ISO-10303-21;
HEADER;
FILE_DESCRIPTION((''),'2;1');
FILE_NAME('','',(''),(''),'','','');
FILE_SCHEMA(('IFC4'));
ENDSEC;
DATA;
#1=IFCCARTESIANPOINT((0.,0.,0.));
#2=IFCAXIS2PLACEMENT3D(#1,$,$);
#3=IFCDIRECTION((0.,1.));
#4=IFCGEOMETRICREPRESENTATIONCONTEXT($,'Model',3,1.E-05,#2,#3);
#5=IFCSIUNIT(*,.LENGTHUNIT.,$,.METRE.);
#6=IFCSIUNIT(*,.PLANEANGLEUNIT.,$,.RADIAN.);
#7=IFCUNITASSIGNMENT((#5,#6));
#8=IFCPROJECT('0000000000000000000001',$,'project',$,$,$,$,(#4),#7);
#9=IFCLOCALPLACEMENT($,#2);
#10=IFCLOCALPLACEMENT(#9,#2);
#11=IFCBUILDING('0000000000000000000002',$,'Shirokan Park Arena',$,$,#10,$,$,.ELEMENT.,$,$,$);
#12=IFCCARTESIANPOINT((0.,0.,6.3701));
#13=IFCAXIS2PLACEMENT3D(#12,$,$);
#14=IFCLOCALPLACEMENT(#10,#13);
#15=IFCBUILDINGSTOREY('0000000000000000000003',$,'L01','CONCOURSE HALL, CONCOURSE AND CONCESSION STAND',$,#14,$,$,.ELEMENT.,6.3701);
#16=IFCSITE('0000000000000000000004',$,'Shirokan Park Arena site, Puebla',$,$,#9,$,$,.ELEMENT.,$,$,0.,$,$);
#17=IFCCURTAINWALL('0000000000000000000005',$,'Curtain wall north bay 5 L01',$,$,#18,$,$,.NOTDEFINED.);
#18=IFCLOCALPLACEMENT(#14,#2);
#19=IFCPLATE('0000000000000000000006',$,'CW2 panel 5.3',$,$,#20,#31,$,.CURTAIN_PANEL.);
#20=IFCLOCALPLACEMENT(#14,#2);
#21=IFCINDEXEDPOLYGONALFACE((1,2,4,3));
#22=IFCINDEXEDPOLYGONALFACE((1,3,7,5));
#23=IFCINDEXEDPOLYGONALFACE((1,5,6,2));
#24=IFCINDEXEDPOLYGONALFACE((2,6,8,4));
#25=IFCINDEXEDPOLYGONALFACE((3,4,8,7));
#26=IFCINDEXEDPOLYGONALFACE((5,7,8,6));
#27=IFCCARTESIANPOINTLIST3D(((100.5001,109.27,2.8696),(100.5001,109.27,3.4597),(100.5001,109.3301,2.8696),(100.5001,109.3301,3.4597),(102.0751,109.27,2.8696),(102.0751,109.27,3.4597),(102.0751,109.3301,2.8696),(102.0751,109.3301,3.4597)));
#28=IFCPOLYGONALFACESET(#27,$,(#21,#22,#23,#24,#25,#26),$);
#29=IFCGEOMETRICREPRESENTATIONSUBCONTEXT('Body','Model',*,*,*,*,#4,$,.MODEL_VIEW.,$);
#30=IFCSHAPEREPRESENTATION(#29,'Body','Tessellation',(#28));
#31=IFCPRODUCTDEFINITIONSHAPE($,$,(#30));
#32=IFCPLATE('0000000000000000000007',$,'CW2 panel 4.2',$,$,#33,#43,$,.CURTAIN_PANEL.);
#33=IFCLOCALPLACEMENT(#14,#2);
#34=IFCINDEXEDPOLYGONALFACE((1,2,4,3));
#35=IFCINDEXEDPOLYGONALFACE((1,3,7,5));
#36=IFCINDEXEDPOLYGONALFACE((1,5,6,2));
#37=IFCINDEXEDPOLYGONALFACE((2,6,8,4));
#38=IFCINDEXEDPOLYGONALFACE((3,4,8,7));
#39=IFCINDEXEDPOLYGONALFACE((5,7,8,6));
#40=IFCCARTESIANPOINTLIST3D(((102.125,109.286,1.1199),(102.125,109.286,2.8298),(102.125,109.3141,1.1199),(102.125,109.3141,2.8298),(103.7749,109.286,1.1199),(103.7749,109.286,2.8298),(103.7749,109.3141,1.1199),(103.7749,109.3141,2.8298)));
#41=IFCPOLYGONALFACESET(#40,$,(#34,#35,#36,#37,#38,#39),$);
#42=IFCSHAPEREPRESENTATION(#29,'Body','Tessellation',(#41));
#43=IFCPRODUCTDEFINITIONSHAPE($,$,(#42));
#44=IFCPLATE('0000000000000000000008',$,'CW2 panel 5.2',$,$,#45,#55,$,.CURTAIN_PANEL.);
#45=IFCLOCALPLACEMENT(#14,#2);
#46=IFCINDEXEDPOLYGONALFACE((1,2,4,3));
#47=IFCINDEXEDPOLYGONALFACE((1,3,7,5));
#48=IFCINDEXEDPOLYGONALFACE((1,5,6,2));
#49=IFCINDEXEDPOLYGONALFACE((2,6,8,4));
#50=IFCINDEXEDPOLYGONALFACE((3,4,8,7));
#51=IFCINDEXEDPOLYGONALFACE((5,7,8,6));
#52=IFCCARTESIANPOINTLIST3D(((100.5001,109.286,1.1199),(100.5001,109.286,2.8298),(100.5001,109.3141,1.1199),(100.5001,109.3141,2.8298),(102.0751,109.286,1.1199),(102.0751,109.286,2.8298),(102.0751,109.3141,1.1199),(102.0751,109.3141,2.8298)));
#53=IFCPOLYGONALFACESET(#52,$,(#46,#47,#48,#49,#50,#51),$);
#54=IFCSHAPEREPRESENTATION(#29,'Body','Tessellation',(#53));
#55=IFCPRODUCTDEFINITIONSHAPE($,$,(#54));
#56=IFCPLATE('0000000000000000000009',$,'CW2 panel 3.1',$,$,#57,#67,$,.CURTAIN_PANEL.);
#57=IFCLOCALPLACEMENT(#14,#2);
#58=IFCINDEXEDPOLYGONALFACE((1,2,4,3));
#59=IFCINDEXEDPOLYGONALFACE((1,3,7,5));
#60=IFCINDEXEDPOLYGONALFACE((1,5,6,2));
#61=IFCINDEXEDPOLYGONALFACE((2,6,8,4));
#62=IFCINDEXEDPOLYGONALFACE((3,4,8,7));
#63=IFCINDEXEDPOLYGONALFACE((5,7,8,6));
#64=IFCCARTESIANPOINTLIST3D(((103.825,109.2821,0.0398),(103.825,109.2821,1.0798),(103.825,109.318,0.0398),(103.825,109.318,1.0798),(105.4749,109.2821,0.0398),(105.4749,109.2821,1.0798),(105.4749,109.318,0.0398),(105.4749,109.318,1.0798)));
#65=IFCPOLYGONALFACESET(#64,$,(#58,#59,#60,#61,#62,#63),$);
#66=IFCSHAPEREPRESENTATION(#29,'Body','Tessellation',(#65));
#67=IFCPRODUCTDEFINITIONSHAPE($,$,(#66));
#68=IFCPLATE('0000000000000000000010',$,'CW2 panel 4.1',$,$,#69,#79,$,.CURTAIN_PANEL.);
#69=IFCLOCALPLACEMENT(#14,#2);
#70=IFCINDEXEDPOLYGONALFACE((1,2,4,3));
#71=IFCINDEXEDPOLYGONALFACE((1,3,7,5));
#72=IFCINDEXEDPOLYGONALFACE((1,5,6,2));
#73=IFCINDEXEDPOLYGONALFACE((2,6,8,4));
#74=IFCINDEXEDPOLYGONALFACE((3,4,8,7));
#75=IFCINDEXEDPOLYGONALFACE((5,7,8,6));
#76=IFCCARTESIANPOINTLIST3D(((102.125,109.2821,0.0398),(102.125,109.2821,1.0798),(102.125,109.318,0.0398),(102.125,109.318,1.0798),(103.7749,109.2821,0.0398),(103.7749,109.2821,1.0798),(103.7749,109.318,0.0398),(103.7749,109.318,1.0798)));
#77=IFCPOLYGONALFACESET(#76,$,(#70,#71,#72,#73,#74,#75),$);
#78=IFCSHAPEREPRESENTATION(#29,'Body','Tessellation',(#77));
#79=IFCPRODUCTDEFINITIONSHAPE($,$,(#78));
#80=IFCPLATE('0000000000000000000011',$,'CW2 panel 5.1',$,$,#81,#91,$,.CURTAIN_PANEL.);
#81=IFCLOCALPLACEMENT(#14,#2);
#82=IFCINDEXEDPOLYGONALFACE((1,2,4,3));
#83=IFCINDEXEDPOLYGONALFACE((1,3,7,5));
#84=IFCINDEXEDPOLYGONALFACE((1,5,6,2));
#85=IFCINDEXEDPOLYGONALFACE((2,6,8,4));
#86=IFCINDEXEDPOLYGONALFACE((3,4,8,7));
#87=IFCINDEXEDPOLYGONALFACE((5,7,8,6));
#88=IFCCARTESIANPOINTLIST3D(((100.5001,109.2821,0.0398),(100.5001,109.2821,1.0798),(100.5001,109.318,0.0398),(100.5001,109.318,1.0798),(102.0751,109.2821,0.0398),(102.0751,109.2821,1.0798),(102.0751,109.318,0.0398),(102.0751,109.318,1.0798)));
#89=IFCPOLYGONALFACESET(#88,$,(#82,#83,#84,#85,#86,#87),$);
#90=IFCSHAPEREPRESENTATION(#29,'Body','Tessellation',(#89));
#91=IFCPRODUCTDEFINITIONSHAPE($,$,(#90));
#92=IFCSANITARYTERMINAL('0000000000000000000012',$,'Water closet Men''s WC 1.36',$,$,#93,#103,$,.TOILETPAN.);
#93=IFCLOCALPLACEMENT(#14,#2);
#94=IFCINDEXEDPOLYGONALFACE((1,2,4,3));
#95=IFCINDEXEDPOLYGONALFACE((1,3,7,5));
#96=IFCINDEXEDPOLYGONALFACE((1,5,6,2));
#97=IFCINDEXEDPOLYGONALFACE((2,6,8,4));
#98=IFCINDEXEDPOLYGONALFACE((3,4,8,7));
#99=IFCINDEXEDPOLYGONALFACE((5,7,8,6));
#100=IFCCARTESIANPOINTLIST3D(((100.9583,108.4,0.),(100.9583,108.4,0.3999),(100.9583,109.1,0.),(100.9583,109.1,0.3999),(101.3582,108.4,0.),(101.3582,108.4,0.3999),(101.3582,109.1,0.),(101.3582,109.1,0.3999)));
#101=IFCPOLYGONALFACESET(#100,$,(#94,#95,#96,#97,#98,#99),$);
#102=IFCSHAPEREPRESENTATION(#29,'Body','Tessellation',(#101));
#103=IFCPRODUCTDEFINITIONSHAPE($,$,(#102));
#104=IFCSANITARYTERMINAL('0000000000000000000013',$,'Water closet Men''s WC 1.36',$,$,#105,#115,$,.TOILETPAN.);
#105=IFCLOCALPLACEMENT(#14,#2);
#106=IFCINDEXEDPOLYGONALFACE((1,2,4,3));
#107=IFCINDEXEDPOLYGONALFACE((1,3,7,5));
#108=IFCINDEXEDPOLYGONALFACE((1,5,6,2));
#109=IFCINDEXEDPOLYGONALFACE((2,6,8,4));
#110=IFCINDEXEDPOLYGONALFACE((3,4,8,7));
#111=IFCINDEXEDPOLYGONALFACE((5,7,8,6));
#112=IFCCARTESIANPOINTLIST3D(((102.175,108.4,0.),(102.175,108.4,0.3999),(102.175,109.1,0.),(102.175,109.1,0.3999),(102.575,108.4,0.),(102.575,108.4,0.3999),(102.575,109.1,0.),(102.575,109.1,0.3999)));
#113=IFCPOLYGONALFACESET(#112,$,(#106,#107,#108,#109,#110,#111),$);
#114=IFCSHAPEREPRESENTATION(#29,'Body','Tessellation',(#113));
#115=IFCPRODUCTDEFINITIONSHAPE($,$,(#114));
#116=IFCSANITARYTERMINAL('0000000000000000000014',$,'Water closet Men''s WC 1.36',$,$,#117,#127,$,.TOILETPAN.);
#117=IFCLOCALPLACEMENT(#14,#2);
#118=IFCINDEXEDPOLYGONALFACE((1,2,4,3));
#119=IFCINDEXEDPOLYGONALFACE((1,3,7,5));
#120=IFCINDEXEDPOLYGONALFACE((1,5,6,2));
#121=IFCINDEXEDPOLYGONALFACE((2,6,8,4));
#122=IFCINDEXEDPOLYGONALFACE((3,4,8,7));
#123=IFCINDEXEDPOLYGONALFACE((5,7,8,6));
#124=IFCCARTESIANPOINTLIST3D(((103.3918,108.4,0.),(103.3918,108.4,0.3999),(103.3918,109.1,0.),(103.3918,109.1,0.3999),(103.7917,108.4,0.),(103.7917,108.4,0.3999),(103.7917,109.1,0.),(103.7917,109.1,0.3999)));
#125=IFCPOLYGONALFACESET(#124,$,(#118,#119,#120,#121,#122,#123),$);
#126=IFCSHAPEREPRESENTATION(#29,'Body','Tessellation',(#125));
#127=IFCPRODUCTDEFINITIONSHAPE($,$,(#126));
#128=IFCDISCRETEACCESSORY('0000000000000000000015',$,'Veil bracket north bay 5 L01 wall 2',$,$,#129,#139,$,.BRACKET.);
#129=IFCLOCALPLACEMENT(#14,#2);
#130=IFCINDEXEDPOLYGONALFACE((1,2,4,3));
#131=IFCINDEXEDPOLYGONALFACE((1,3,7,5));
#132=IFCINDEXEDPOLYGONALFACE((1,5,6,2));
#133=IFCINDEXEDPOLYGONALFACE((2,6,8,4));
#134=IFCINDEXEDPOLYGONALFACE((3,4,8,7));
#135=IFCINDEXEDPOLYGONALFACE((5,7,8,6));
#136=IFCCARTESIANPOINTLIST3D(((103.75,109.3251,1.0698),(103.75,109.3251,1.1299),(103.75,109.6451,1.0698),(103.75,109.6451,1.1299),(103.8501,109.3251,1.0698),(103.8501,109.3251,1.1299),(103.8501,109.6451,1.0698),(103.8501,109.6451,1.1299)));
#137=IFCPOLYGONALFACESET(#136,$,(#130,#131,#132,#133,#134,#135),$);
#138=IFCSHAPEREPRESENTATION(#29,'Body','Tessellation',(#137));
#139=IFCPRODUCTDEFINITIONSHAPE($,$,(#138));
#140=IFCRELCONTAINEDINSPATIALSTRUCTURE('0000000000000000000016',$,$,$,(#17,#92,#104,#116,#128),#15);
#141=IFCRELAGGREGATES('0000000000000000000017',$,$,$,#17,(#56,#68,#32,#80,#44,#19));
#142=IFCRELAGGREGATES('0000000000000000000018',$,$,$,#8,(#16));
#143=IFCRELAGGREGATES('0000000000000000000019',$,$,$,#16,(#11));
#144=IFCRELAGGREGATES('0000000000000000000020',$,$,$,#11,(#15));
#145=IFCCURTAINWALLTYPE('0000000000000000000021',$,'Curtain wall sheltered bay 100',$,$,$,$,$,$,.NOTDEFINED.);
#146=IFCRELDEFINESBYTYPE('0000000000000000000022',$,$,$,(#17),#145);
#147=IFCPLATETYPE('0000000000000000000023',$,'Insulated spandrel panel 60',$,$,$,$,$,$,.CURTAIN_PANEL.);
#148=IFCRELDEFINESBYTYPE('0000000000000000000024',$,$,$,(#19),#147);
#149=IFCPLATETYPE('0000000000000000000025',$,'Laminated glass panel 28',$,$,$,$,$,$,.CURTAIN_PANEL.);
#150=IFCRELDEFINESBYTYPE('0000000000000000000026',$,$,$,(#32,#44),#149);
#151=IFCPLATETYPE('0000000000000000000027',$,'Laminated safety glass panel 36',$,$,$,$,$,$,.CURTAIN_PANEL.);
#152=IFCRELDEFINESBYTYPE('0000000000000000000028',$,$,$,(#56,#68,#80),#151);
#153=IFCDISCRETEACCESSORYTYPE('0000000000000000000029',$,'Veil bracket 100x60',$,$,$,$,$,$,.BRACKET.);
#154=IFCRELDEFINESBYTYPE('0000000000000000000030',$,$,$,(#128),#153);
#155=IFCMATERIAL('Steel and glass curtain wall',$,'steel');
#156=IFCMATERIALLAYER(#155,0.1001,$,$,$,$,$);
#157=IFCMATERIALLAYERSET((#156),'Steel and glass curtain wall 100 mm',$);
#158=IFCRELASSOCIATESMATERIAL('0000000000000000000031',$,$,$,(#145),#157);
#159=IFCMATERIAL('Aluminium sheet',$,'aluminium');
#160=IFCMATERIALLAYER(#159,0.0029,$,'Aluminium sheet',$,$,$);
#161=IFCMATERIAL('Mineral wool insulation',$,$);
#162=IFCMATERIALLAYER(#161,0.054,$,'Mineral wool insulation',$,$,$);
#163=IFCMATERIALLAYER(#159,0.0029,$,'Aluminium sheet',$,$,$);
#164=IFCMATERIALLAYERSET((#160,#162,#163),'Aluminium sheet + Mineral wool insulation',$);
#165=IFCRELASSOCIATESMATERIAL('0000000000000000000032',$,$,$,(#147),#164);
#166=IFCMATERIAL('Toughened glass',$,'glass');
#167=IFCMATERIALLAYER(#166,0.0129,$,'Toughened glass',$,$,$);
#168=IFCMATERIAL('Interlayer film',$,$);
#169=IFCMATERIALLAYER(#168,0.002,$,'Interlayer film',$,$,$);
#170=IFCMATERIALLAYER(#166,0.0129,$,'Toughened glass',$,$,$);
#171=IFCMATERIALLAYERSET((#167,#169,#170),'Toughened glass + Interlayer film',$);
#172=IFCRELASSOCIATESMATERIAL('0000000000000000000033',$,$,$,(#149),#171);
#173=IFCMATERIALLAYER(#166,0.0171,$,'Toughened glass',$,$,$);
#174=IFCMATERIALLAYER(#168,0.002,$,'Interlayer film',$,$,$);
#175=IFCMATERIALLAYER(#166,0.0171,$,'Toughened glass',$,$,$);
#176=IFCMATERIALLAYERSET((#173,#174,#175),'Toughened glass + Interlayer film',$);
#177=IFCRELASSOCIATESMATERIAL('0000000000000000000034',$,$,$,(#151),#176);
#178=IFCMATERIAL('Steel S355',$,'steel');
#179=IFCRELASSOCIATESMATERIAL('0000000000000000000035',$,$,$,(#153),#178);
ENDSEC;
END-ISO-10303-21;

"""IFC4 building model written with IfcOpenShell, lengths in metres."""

from ifc_helpers import new_model, si_unit, direction, frame, origin, origin_2d, place, context, subcontext, project, spatial, rectangle, extrude, material, layer, layer_set, type_object, element, aggregate, save


model = new_model("IFC4")

# Units and contexts
model_context = context("Model", 3, precision=1e-05, world=origin(), true_north=direction((0.0, 1.0)))
body_context = subcontext(model_context, "Body", "Model", "MODEL_VIEW")
ifc_project = project(units=[si_unit("LENGTHUNIT", "METRE"), si_unit("PLANEANGLEUNIT", "RADIAN")], contexts=[model_context])

# Site, building, storey
site_placement = place(None, origin())
site = spatial("IfcSite", under=ifc_project, at=site_placement, Name="Shirokan Park Arena site, Puebla", CompositionType="ELEMENT", RefElevation=0.0)
building_placement = place(site_placement, origin())
building = spatial("IfcBuilding", under=site, at=building_placement, Name="Shirokan Park Arena", CompositionType="ELEMENT")
storey_placement = place(building_placement, frame((0.0, 0.0, 6.3701)))
storey = spatial("IfcBuildingStorey", under=building, at=storey_placement, Name="L01", Description="CONCOURSE HALL, CONCOURSE AND CONCESSION STAND", CompositionType="ELEMENT", Elevation=6.3701)

# Curtain wall, plates
ifc_material_1 = material(Name="Steel and glass curtain wall", Category="steel")
ifc_layer_1 = layer(ifc_material_1, 0.1001)
ifc_layer_set_1 = layer_set([ifc_layer_1], Name="Steel and glass curtain wall 100 mm")
curtain_wall_type = type_object("IfcCurtainWallType", Name="Curtain wall sheltered bay 100", PredefinedType="NOTDEFINED", material=ifc_layer_set_1)
curtain_wall_placement = place(storey_placement, origin())
curtain_wall = element("IfcCurtainWall", 1, at=curtain_wall_placement, inside=storey, type_object=curtain_wall_type, Name="Curtain wall north bay 5 L01", PredefinedType="NOTDEFINED")
ifc_material_2 = material(Name="Steel S355", Category="steel")
ifc_material_3 = material(Name="Aluminium sheet", Category="aluminium")
ifc_layer_2 = layer(ifc_material_3, 0.0029, Name="Aluminium sheet")
ifc_material_4 = material(Name="Mineral wool insulation")
ifc_layer_3 = layer(ifc_material_4, 0.054, Name="Mineral wool insulation")
ifc_layer_4 = layer(ifc_material_3, 0.0029, Name="Aluminium sheet")
ifc_layer_set_2 = layer_set([ifc_layer_2, ifc_layer_3, ifc_layer_4], Name="Aluminium sheet + Mineral wool insulation")
plate_type_1 = type_object("IfcPlateType", Name="Insulated spandrel panel 60", PredefinedType="CURTAIN_PANEL", material=ifc_layer_set_2)
plate_1_placement = place(storey_placement, frame((101.2876, 109.3, 2.8696), z_axis=(0.0, 0.0, 1.0), x_axis=(-1.0, 0.0, 0.0)))
plate_1 = element("IfcPlate", 2, at=plate_1_placement, type_object=plate_type_1, Name="CW2 panel 5.3", PredefinedType="CURTAIN_PANEL", context=body_context, shape_type="SweptSolid", body=[
    extrude(rectangle(XDim=1.575, YDim=0.0601, at=origin_2d()), origin(), (0.0, 0.0, 1.0), 0.5901),
])
ifc_material_5 = material(Name="Toughened glass", Category="glass")
ifc_layer_5 = layer(ifc_material_5, 0.0129, Name="Toughened glass")
ifc_material_6 = material(Name="Interlayer film")
ifc_layer_6 = layer(ifc_material_6, 0.002, Name="Interlayer film")
ifc_layer_7 = layer(ifc_material_5, 0.0129, Name="Toughened glass")
ifc_layer_set_3 = layer_set([ifc_layer_5, ifc_layer_6, ifc_layer_7], Name="Toughened glass + Interlayer film")
plate_type_2 = type_object("IfcPlateType", Name="Laminated glass panel 28", PredefinedType="CURTAIN_PANEL", material=ifc_layer_set_3)
plate_2_placement = place(storey_placement, frame((102.95, 109.3, 1.1199), z_axis=(0.0, 0.0, 1.0), x_axis=(-1.0, 0.0, 0.0)))
plate_2 = element("IfcPlate", 3, at=plate_2_placement, type_object=plate_type_2, Name="CW2 panel 4.2", PredefinedType="CURTAIN_PANEL", context=body_context, shape_type="SweptSolid", body=[
    extrude(rectangle(XDim=1.6499, YDim=0.0281, at=origin_2d()), origin(), (0.0, 0.0, 1.0), 1.71),
])
plate_3_placement = place(storey_placement, frame((101.2876, 109.3, 1.1199), z_axis=(0.0, 0.0, 1.0), x_axis=(-1.0, 0.0, 0.0)))
plate_3 = element("IfcPlate", 4, at=plate_3_placement, type_object=plate_type_2, Name="CW2 panel 5.2", PredefinedType="CURTAIN_PANEL", context=body_context, shape_type="SweptSolid", body=[
    extrude(rectangle(XDim=1.575, YDim=0.0281, at=origin_2d()), origin(), (0.0, 0.0, 1.0), 1.71),
])
ifc_layer_8 = layer(ifc_material_5, 0.0171, Name="Toughened glass")
ifc_layer_9 = layer(ifc_material_6, 0.002, Name="Interlayer film")
ifc_layer_10 = layer(ifc_material_5, 0.0171, Name="Toughened glass")
ifc_layer_set_4 = layer_set([ifc_layer_8, ifc_layer_9, ifc_layer_10], Name="Toughened glass + Interlayer film")
plate_type_3 = type_object("IfcPlateType", Name="Laminated safety glass panel 36", PredefinedType="CURTAIN_PANEL", material=ifc_layer_set_4)
plate_4_placement = place(storey_placement, frame((104.6499, 109.3, 0.0398), z_axis=(0.0, 0.0, 1.0), x_axis=(-1.0, 0.0, 0.0)))
plate_4 = element("IfcPlate", 5, at=plate_4_placement, type_object=plate_type_3, Name="CW2 panel 3.1", PredefinedType="CURTAIN_PANEL", context=body_context, shape_type="SweptSolid", body=[
    extrude(rectangle(XDim=1.6499, YDim=0.0359, at=origin_2d()), origin(), (0.0, 0.0, 1.0), 1.04),
])
plate_5_placement = place(storey_placement, frame((102.95, 109.3, 0.0398), z_axis=(0.0, 0.0, 1.0), x_axis=(-1.0, 0.0, 0.0)))
plate_5 = element("IfcPlate", 6, at=plate_5_placement, type_object=plate_type_3, Name="CW2 panel 4.1", PredefinedType="CURTAIN_PANEL", context=body_context, shape_type="SweptSolid", body=[
    extrude(rectangle(XDim=1.6499, YDim=0.0359, at=origin_2d()), origin(), (0.0, 0.0, 1.0), 1.04),
])
plate_6_placement = place(storey_placement, frame((101.2876, 109.3, 0.0398), z_axis=(0.0, 0.0, 1.0), x_axis=(-1.0, 0.0, 0.0)))
plate_6 = element("IfcPlate", 7, at=plate_6_placement, type_object=plate_type_3, Name="CW2 panel 5.1", PredefinedType="CURTAIN_PANEL", context=body_context, shape_type="SweptSolid", body=[
    extrude(rectangle(XDim=1.575, YDim=0.0359, at=origin_2d()), origin(), (0.0, 0.0, 1.0), 1.04),
])
aggregate(curtain_wall, [plate_4, plate_5, plate_2, plate_6, plate_3, plate_1])

# Sanitary terminals
for number, where, z_axis, x_axis, name in (
    (8, (101.1582, 108.75, 0.0), (0.0, 0.0, 1.0), (1.0, 0.0, 0.0), "Water closet Men's WC 1.36"),
    (9, (102.375, 108.75, 0.0), (0.0, 0.0, 1.0), (1.0, 0.0, 0.0), "Water closet Men's WC 1.36"),
    (10, (103.5918, 108.75, 0.0), (0.0, 0.0, 1.0), (1.0, 0.0, 0.0), "Water closet Men's WC 1.36"),
):
    element("IfcSanitaryTerminal", number, at=place(storey_placement, frame(where, z_axis=z_axis, x_axis=x_axis)), inside=storey, Name=name, PredefinedType="TOILETPAN", context=body_context, shape_type="SweptSolid", body=[
        extrude(rectangle(XDim=0.3999, YDim=0.7, at=origin_2d()), origin(), (0.0, 0.0, 1.0), 0.3999),
    ])

# Discrete accessory
discrete_accessory_type = type_object("IfcDiscreteAccessoryType", Name="Veil bracket 100x60", PredefinedType="BRACKET", material=ifc_material_2)
discrete_accessory_placement = place(storey_placement, frame((103.8, 109.4851, 1.0698), z_axis=(0.0, 0.0, 1.0), x_axis=(-1.0, 0.0, 0.0)))
element("IfcDiscreteAccessory", 11, at=discrete_accessory_placement, inside=storey, type_object=discrete_accessory_type, Name="Veil bracket north bay 5 L01 wall 2", PredefinedType="BRACKET", context=body_context, shape_type="SweptSolid", body=[
    extrude(rectangle(XDim=0.1001, YDim=0.3201, at=origin_2d()), origin(), (0.0, 0.0, 1.0), 0.0601),
])

save(model, "model.ifc")
